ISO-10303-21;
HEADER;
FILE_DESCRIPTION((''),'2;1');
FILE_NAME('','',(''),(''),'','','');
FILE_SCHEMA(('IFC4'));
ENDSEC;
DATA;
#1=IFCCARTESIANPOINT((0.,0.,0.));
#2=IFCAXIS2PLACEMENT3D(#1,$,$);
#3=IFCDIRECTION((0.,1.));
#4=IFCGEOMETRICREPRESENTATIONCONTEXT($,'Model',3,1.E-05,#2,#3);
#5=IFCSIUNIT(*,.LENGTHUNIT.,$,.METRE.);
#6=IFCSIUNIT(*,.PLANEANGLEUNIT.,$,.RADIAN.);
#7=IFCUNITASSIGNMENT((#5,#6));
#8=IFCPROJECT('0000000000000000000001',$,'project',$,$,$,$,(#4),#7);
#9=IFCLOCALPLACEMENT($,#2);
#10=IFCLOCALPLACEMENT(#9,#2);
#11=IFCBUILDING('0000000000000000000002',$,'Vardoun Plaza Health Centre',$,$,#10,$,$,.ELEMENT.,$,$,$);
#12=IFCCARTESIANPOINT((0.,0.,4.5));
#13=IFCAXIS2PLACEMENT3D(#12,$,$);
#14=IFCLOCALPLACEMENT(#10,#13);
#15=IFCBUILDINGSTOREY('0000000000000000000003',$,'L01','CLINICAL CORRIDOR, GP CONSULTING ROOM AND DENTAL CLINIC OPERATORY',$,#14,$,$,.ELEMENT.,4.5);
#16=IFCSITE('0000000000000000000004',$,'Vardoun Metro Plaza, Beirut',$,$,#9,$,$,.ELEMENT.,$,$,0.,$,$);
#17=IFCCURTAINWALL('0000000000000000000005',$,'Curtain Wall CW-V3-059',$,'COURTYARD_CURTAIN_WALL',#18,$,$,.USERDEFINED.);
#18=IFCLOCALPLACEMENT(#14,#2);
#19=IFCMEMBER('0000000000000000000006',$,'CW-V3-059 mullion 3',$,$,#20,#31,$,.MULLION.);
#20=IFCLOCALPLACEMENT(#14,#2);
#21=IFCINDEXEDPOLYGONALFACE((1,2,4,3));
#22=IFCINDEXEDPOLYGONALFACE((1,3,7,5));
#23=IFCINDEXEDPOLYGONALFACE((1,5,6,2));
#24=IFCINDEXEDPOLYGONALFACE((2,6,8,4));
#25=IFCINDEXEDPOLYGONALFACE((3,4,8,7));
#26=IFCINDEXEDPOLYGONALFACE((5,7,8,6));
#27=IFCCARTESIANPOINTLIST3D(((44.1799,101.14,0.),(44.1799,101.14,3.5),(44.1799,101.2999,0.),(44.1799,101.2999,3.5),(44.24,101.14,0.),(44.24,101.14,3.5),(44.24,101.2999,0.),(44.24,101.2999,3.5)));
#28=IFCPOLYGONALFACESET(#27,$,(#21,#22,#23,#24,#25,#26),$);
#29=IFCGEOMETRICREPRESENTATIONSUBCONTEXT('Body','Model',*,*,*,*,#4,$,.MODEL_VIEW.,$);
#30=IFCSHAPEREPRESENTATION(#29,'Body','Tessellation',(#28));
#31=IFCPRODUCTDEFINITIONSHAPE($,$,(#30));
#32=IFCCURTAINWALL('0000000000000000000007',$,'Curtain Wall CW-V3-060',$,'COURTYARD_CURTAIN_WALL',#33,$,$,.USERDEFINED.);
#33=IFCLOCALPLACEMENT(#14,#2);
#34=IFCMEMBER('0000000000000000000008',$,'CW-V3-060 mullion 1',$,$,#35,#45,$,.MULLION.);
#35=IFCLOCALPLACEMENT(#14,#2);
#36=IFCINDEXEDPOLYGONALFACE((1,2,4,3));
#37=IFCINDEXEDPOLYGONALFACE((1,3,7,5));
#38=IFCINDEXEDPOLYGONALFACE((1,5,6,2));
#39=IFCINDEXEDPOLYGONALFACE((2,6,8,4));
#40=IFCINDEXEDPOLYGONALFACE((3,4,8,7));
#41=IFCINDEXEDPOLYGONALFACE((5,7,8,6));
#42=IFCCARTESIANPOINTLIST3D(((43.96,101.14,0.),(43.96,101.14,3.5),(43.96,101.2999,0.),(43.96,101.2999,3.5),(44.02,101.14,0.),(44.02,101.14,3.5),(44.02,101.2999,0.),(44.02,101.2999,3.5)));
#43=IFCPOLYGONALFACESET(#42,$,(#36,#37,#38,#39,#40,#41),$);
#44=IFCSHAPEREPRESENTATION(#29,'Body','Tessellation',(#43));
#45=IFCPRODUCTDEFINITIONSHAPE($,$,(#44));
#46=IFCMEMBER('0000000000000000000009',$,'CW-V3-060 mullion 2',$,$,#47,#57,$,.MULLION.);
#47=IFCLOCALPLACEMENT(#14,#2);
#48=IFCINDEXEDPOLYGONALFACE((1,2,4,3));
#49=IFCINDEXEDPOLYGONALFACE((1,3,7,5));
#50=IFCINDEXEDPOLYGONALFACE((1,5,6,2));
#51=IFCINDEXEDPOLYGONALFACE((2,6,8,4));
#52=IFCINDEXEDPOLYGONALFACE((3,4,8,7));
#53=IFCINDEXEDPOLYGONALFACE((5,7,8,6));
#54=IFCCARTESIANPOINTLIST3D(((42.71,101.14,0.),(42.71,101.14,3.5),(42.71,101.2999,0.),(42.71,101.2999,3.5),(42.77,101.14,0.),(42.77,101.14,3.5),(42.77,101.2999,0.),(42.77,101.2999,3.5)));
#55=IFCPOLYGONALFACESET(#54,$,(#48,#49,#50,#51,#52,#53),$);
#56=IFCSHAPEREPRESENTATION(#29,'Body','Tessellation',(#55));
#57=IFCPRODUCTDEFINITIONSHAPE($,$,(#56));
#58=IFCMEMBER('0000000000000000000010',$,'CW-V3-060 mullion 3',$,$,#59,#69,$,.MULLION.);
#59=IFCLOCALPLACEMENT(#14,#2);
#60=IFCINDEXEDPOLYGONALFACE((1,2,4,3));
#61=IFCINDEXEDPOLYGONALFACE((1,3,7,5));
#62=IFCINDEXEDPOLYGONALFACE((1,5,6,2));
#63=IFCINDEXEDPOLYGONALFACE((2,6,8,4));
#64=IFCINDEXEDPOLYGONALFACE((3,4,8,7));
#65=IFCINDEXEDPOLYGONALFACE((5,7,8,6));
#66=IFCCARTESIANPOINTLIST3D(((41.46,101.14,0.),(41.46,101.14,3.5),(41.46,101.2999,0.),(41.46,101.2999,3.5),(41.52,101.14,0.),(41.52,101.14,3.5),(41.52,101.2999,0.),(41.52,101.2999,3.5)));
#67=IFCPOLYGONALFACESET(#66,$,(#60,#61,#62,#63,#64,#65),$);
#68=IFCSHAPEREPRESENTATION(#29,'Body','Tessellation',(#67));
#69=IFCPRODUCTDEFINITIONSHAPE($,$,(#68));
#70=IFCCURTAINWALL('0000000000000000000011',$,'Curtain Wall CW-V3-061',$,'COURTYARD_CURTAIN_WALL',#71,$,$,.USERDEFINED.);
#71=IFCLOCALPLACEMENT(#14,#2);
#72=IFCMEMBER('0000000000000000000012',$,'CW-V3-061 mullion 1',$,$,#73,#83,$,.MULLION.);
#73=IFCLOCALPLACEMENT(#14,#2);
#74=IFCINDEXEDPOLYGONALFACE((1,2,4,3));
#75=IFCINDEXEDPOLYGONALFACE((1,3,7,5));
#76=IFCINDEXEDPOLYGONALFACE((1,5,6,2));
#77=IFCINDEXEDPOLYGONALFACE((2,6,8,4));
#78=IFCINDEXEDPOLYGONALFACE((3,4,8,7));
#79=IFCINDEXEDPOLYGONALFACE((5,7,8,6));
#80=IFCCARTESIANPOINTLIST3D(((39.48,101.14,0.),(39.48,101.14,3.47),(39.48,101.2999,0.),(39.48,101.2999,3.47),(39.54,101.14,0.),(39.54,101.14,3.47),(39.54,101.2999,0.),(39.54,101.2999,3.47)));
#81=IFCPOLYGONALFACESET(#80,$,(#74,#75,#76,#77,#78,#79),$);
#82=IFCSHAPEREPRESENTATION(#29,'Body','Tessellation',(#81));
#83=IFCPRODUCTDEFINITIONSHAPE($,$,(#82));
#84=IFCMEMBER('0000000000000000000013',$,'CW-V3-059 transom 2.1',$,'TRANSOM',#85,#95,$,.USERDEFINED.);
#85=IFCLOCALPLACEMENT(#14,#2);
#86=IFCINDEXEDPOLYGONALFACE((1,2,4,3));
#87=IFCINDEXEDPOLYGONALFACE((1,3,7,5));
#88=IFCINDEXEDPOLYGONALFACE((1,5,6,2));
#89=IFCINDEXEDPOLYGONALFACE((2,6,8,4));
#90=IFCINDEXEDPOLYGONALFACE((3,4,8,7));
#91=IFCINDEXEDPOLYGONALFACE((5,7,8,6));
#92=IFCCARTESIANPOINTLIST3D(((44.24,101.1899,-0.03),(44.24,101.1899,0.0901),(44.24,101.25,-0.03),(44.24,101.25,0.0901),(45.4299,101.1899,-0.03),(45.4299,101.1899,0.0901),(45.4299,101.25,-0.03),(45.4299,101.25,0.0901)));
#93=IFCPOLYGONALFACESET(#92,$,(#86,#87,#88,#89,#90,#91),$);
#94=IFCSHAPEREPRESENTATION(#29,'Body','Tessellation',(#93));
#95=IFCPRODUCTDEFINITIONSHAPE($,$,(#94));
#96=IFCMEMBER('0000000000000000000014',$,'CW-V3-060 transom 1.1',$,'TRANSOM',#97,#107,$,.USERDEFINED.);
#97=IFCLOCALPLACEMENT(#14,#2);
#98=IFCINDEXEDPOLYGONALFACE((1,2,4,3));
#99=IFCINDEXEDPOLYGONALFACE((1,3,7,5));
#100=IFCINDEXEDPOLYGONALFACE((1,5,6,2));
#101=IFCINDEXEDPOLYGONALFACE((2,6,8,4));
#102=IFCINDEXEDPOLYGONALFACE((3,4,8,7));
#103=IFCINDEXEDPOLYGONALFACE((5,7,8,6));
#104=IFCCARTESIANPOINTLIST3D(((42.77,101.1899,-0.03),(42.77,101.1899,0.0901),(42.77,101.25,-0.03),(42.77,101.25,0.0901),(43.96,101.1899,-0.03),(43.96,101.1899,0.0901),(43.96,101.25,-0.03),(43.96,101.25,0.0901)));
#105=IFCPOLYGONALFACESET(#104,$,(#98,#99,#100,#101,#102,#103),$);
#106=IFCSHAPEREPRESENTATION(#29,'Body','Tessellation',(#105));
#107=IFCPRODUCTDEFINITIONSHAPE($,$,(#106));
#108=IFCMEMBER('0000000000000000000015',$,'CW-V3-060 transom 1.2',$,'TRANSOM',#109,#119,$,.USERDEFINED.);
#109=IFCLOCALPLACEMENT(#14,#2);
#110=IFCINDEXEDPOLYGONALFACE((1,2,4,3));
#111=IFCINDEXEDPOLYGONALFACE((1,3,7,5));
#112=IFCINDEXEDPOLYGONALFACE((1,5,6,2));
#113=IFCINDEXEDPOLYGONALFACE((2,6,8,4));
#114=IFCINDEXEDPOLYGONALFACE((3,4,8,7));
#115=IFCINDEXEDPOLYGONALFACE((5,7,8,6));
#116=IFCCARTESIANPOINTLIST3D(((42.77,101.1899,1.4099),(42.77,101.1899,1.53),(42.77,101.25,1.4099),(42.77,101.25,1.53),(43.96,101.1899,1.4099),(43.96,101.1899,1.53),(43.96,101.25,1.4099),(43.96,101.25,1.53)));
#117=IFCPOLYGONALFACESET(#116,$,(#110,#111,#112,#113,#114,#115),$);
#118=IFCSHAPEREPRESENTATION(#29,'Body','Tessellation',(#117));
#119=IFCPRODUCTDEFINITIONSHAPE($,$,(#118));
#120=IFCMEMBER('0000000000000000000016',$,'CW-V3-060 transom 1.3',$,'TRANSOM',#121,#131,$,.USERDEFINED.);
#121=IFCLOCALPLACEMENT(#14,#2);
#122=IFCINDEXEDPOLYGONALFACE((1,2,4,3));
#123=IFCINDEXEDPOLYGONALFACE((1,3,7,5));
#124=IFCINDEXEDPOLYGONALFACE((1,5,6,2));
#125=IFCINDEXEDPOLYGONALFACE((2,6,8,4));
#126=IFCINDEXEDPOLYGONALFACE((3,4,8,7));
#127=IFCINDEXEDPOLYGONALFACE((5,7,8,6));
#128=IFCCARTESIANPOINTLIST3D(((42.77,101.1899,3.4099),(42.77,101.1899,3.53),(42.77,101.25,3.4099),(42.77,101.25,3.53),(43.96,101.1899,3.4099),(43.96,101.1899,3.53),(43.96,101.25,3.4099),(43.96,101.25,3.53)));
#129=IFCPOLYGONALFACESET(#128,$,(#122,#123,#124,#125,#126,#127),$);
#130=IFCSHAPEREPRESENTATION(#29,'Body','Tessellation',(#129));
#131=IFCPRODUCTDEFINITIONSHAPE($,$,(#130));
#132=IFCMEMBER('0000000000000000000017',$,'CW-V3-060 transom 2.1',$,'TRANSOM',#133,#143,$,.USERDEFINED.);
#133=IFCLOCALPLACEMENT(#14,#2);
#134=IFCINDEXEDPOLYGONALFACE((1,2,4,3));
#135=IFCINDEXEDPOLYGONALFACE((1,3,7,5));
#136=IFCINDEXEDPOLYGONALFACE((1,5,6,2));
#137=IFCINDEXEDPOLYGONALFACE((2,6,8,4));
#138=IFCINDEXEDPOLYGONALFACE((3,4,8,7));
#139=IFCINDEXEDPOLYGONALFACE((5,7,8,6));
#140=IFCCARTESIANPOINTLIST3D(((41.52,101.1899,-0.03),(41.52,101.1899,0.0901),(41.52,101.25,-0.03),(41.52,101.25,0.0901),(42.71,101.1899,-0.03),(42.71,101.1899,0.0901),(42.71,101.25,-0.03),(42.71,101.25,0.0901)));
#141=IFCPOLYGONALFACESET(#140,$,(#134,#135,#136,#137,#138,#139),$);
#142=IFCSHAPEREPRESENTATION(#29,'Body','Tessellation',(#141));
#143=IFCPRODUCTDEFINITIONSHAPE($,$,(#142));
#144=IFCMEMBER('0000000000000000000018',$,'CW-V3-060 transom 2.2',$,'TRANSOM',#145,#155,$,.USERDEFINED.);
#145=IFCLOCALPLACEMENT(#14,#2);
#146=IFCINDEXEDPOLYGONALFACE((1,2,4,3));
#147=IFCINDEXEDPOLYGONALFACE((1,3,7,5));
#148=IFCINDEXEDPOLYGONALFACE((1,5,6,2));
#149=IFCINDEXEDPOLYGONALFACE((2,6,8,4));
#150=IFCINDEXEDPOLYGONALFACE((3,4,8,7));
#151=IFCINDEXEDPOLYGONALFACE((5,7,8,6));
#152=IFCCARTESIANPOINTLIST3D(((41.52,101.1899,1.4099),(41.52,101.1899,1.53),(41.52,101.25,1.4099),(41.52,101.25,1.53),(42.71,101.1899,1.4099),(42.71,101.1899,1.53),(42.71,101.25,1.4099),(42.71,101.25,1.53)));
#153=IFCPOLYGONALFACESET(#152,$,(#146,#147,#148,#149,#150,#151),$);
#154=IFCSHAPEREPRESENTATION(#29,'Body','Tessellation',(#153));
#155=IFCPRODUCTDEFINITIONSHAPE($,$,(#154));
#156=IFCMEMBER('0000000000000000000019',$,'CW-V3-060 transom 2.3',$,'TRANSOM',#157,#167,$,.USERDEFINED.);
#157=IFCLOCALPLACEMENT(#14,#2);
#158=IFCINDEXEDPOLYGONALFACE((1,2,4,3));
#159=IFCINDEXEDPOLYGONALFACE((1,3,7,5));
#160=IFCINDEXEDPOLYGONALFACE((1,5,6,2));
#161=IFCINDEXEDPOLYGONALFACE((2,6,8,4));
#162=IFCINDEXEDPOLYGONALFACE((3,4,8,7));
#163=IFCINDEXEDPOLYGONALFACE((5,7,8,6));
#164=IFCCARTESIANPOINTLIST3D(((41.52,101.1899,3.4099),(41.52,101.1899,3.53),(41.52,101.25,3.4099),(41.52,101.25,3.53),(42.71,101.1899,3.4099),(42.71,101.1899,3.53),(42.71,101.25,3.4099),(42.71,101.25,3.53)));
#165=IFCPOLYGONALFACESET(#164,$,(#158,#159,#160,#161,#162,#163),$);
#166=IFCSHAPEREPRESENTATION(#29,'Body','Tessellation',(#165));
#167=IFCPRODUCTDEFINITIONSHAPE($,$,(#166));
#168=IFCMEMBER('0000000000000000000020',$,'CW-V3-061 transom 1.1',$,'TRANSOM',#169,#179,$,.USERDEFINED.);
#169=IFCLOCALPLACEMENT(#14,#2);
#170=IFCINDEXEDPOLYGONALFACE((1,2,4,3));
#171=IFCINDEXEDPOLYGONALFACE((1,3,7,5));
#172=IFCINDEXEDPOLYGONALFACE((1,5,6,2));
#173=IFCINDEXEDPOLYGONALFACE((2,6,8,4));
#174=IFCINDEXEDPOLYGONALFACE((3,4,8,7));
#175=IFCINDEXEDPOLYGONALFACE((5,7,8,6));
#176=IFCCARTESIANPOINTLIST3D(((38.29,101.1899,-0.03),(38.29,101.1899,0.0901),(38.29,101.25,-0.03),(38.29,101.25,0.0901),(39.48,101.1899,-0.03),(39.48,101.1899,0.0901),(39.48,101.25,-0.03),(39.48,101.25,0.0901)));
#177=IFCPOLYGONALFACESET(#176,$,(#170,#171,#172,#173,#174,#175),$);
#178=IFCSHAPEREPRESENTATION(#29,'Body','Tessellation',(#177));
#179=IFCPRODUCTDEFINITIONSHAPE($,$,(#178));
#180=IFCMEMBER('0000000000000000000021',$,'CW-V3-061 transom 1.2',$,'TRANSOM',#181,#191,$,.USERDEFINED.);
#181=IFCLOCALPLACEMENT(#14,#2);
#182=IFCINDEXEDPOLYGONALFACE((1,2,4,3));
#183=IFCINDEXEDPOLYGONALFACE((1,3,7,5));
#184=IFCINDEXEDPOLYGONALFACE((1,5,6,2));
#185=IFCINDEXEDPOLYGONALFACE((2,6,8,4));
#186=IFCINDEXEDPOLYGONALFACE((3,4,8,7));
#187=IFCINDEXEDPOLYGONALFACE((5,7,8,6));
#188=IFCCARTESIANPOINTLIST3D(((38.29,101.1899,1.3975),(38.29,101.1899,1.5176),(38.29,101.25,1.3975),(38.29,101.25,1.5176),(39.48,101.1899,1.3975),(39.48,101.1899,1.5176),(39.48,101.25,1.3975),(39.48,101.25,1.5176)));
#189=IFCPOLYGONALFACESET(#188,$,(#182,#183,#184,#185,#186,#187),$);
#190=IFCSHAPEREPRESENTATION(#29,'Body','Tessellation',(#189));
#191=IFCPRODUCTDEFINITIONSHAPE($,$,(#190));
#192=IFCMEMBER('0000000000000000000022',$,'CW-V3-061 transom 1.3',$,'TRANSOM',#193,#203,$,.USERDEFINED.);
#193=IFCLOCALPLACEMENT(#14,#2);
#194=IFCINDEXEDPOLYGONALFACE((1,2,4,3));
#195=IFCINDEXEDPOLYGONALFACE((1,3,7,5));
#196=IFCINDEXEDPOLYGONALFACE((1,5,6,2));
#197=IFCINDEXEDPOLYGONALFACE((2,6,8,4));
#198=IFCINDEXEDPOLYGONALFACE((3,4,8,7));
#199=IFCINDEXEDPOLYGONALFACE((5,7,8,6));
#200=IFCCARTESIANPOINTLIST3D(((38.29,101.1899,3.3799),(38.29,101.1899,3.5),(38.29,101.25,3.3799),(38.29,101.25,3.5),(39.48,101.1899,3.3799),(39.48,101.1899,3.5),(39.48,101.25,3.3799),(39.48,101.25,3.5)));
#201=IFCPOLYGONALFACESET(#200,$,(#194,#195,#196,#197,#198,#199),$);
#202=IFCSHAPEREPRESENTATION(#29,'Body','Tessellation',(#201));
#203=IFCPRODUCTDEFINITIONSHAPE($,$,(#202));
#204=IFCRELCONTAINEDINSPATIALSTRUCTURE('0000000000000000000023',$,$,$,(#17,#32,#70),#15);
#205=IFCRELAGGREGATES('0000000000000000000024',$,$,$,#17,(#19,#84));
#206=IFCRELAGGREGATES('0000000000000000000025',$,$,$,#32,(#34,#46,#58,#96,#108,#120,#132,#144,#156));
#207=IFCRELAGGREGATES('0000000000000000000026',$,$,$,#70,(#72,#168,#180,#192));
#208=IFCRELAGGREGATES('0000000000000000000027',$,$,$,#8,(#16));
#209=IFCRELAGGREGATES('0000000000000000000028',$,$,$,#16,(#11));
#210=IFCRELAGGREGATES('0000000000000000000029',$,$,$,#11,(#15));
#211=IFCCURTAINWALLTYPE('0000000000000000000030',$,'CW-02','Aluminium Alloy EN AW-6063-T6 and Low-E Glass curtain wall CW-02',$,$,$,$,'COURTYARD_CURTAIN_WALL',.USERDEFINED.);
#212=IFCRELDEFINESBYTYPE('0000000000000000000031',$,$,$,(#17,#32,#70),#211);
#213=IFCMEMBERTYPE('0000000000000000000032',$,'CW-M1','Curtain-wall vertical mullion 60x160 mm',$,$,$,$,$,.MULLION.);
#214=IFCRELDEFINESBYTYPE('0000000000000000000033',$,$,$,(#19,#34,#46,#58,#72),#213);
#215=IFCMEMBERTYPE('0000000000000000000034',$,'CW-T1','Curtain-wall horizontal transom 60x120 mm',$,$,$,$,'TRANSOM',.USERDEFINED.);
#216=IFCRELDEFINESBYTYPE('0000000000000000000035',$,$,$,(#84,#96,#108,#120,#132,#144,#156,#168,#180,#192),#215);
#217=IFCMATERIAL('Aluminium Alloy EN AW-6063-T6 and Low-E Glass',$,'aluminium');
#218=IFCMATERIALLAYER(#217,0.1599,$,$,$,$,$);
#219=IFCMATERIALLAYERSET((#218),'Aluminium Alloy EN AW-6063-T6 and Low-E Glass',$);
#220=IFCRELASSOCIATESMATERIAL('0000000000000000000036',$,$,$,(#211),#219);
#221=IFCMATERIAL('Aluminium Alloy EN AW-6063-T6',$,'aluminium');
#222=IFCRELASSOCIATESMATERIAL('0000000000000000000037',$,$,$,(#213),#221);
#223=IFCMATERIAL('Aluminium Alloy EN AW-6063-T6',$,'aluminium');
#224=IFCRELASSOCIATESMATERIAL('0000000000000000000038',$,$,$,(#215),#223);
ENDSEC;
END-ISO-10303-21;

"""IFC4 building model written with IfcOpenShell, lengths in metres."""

from ifc_helpers import new_model, si_unit, direction, frame, origin, origin_2d, place, context, subcontext, project, spatial, rectangle, extrude, material, layer, layer_set, material_profile, profile_set, type_object, element, aggregate, save


model = new_model("IFC4")

# Units and contexts
model_context = context("Model", 3, precision=1e-05, world=origin(), true_north=direction((0.0, 1.0)))
body_context = subcontext(model_context, "Body", "Model", "MODEL_VIEW")
ifc_project = project(units=[si_unit("LENGTHUNIT", "METRE"), si_unit("PLANEANGLEUNIT", "RADIAN")], contexts=[model_context])

# Site, building, storey
site_placement = place(None, origin())
site = spatial("IfcSite", under=ifc_project, at=site_placement, Name="Vardoun Metro Plaza, Beirut", CompositionType="ELEMENT", RefElevation=0.0)
building_placement = place(site_placement, origin())
building = spatial("IfcBuilding", under=site, at=building_placement, Name="Vardoun Plaza Health Centre", CompositionType="ELEMENT")
storey_placement = place(building_placement, frame((0.0, 0.0, 4.5)))
storey = spatial("IfcBuildingStorey", under=building, at=storey_placement, Name="L01", Description="CLINICAL CORRIDOR, GP CONSULTING ROOM AND DENTAL CLINIC OPERATORY", CompositionType="ELEMENT", Elevation=4.5)

# Curtain wall, member
ifc_material_1 = material(Name="Aluminium Alloy EN AW-6063-T6 and Low-E Glass", Category="aluminium")
ifc_layer_1 = layer(ifc_material_1, 0.1599)
ifc_layer_set_1 = layer_set([ifc_layer_1], Name="Aluminium Alloy EN AW-6063-T6 and Low-E Glass")
curtain_wall_type = type_object("IfcCurtainWallType", Name="CW-02", Description="Aluminium Alloy EN AW-6063-T6 and Low-E Glass curtain wall CW-02", ElementType="COURTYARD_CURTAIN_WALL", PredefinedType="USERDEFINED", material=ifc_layer_set_1)
curtain_wall_1_placement = place(storey_placement, origin())
curtain_wall_1 = element("IfcCurtainWall", 1, at=curtain_wall_1_placement, inside=storey, type_object=curtain_wall_type, Name="Curtain Wall CW-V3-059", ObjectType="COURTYARD_CURTAIN_WALL", PredefinedType="USERDEFINED")
ifc_material_2 = material(Name="Aluminium Alloy EN AW-6063-T6", Category="aluminium")
ifc_material_profile_1 = material_profile(ifc_material_2, rectangle(XDim=0.1599, YDim=0.0601, at=origin_2d()), Name="CWM 60x160")
ifc_profile_set_1 = profile_set([ifc_material_profile_1], Name="Aluminium Alloy EN AW-6063-T6")
member_type_1 = type_object("IfcMemberType", Name="CW-M1", Description="Curtain-wall vertical mullion 60x160 mm", PredefinedType="MULLION", material=ifc_profile_set_1)
member_1_placement = place(storey_placement, frame((44.21, 101.22, 0.0), z_axis=(0.0, 0.0, 1.0), x_axis=(0.0, -1.0, 0.0)))
member_1 = element("IfcMember", 2, at=member_1_placement, type_object=member_type_1, Name="CW-V3-059 mullion 3", PredefinedType="MULLION", context=body_context, shape_type="SweptSolid", body=[
    extrude(rectangle(XDim=0.1599, YDim=0.0601, at=origin_2d()), origin(), (0.0, 0.0, 1.0), 3.5),
])

# Curtain wall, members
curtain_wall_2_placement = place(storey_placement, origin())
curtain_wall_2 = element("IfcCurtainWall", 3, at=curtain_wall_2_placement, inside=storey, type_object=curtain_wall_type, Name="Curtain Wall CW-V3-060", ObjectType="COURTYARD_CURTAIN_WALL", PredefinedType="USERDEFINED")
member_2_placement = place(storey_placement, frame((43.99, 101.22, 0.0), z_axis=(0.0, 0.0, 1.0), x_axis=(0.0, -1.0, 0.0)))
member_2 = element("IfcMember", 4, at=member_2_placement, type_object=member_type_1, Name="CW-V3-060 mullion 1", PredefinedType="MULLION", context=body_context, shape_type="SweptSolid", body=[
    extrude(rectangle(XDim=0.1599, YDim=0.0601, at=origin_2d()), origin(), (0.0, 0.0, 1.0), 3.5),
])
member_3_placement = place(storey_placement, frame((42.74, 101.22, 0.0), z_axis=(0.0, 0.0, 1.0), x_axis=(0.0, -1.0, 0.0)))
member_3 = element("IfcMember", 5, at=member_3_placement, type_object=member_type_1, Name="CW-V3-060 mullion 2", PredefinedType="MULLION", context=body_context, shape_type="SweptSolid", body=[
    extrude(rectangle(XDim=0.1599, YDim=0.0601, at=origin_2d()), origin(), (0.0, 0.0, 1.0), 3.5),
])
member_4_placement = place(storey_placement, frame((41.49, 101.22, 0.0), z_axis=(0.0, 0.0, 1.0), x_axis=(0.0, -1.0, 0.0)))
member_4 = element("IfcMember", 6, at=member_4_placement, type_object=member_type_1, Name="CW-V3-060 mullion 3", PredefinedType="MULLION", context=body_context, shape_type="SweptSolid", body=[
    extrude(rectangle(XDim=0.1599, YDim=0.0601, at=origin_2d()), origin(), (0.0, 0.0, 1.0), 3.5),
])

# Curtain wall, member
curtain_wall_3_placement = place(storey_placement, origin())
curtain_wall_3 = element("IfcCurtainWall", 7, at=curtain_wall_3_placement, inside=storey, type_object=curtain_wall_type, Name="Curtain Wall CW-V3-061", ObjectType="COURTYARD_CURTAIN_WALL", PredefinedType="USERDEFINED")
member_5_placement = place(storey_placement, frame((39.51, 101.22, 0.0), z_axis=(0.0, 0.0, 1.0), x_axis=(0.0, -1.0, 0.0)))
member_5 = element("IfcMember", 8, at=member_5_placement, type_object=member_type_1, Name="CW-V3-061 mullion 1", PredefinedType="MULLION", context=body_context, shape_type="SweptSolid", body=[
    extrude(rectangle(XDim=0.1599, YDim=0.0601, at=origin_2d()), origin(), (0.0, 0.0, 1.0), 3.47),
])

# Members
ifc_material_3 = material(Name="Aluminium Alloy EN AW-6063-T6", Category="aluminium")
ifc_material_profile_2 = material_profile(ifc_material_3, rectangle(XDim=0.0601, YDim=0.1201, at=origin_2d()), Name="CWT 60x120")
ifc_profile_set_2 = profile_set([ifc_material_profile_2], Name="Aluminium Alloy EN AW-6063-T6")
member_type_2 = type_object("IfcMemberType", Name="CW-T1", Description="Curtain-wall horizontal transom 60x120 mm", ElementType="TRANSOM", PredefinedType="USERDEFINED", material=ifc_profile_set_2)
member_6_placement = place(storey_placement, frame((45.4299, 101.22, 0.03), z_axis=(-1.0, 0.0, 0.0), x_axis=(0.0, -1.0, 0.0)))
member_6 = element("IfcMember", 9, at=member_6_placement, type_object=member_type_2, Name="CW-V3-059 transom 2.1", ObjectType="TRANSOM", PredefinedType="USERDEFINED", context=body_context, shape_type="SweptSolid", body=[
    extrude(rectangle(XDim=0.0601, YDim=0.1201, at=origin_2d()), origin(), (0.0, 0.0, 1.0), 1.1899),
])
member_7_placement = place(storey_placement, frame((43.96, 101.22, 0.03), z_axis=(-1.0, 0.0, 0.0), x_axis=(0.0, -1.0, 0.0)))
member_7 = element("IfcMember", 10, at=member_7_placement, type_object=member_type_2, Name="CW-V3-060 transom 1.1", ObjectType="TRANSOM", PredefinedType="USERDEFINED", context=body_context, shape_type="SweptSolid", body=[
    extrude(rectangle(XDim=0.0601, YDim=0.1201, at=origin_2d()), origin(), (0.0, 0.0, 1.0), 1.1899),
])
member_8_placement = place(storey_placement, frame((43.96, 101.22, 1.47), z_axis=(-1.0, 0.0, 0.0), x_axis=(0.0, -1.0, 0.0)))
member_8 = element("IfcMember", 11, at=member_8_placement, type_object=member_type_2, Name="CW-V3-060 transom 1.2", ObjectType="TRANSOM", PredefinedType="USERDEFINED", context=body_context, shape_type="SweptSolid", body=[
    extrude(rectangle(XDim=0.0601, YDim=0.1201, at=origin_2d()), origin(), (0.0, 0.0, 1.0), 1.1899),
])
member_9_placement = place(storey_placement, frame((43.96, 101.22, 3.47), z_axis=(-1.0, 0.0, 0.0), x_axis=(0.0, -1.0, 0.0)))
member_9 = element("IfcMember", 12, at=member_9_placement, type_object=member_type_2, Name="CW-V3-060 transom 1.3", ObjectType="TRANSOM", PredefinedType="USERDEFINED", context=body_context, shape_type="SweptSolid", body=[
    extrude(rectangle(XDim=0.0601, YDim=0.1201, at=origin_2d()), origin(), (0.0, 0.0, 1.0), 1.1899),
])
member_10_placement = place(storey_placement, frame((42.71, 101.22, 0.03), z_axis=(-1.0, 0.0, 0.0), x_axis=(0.0, -1.0, 0.0)))
member_10 = element("IfcMember", 13, at=member_10_placement, type_object=member_type_2, Name="CW-V3-060 transom 2.1", ObjectType="TRANSOM", PredefinedType="USERDEFINED", context=body_context, shape_type="SweptSolid", body=[
    extrude(rectangle(XDim=0.0601, YDim=0.1201, at=origin_2d()), origin(), (0.0, 0.0, 1.0), 1.1899),
])
member_11_placement = place(storey_placement, frame((42.71, 101.22, 1.47), z_axis=(-1.0, 0.0, 0.0), x_axis=(0.0, -1.0, 0.0)))
member_11 = element("IfcMember", 14, at=member_11_placement, type_object=member_type_2, Name="CW-V3-060 transom 2.2", ObjectType="TRANSOM", PredefinedType="USERDEFINED", context=body_context, shape_type="SweptSolid", body=[
    extrude(rectangle(XDim=0.0601, YDim=0.1201, at=origin_2d()), origin(), (0.0, 0.0, 1.0), 1.1899),
])
member_12_placement = place(storey_placement, frame((42.71, 101.22, 3.47), z_axis=(-1.0, 0.0, 0.0), x_axis=(0.0, -1.0, 0.0)))
member_12 = element("IfcMember", 15, at=member_12_placement, type_object=member_type_2, Name="CW-V3-060 transom 2.3", ObjectType="TRANSOM", PredefinedType="USERDEFINED", context=body_context, shape_type="SweptSolid", body=[
    extrude(rectangle(XDim=0.0601, YDim=0.1201, at=origin_2d()), origin(), (0.0, 0.0, 1.0), 1.1899),
])
member_13_placement = place(storey_placement, frame((39.48, 101.22, 0.03), z_axis=(-1.0, 0.0, 0.0), x_axis=(0.0, -1.0, 0.0)))
member_13 = element("IfcMember", 16, at=member_13_placement, type_object=member_type_2, Name="CW-V3-061 transom 1.1", ObjectType="TRANSOM", PredefinedType="USERDEFINED", context=body_context, shape_type="SweptSolid", body=[
    extrude(rectangle(XDim=0.0601, YDim=0.1201, at=origin_2d()), origin(), (0.0, 0.0, 1.0), 1.1899),
])
member_14_placement = place(storey_placement, frame((39.48, 101.22, 1.4575), z_axis=(-1.0, 0.0, 0.0), x_axis=(0.0, -1.0, 0.0)))
member_14 = element("IfcMember", 17, at=member_14_placement, type_object=member_type_2, Name="CW-V3-061 transom 1.2", ObjectType="TRANSOM", PredefinedType="USERDEFINED", context=body_context, shape_type="SweptSolid", body=[
    extrude(rectangle(XDim=0.0601, YDim=0.1201, at=origin_2d()), origin(), (0.0, 0.0, 1.0), 1.1899),
])
member_15_placement = place(storey_placement, frame((39.48, 101.22, 3.4399), z_axis=(-1.0, 0.0, 0.0), x_axis=(0.0, -1.0, 0.0)))
member_15 = element("IfcMember", 18, at=member_15_placement, type_object=member_type_2, Name="CW-V3-061 transom 1.3", ObjectType="TRANSOM", PredefinedType="USERDEFINED", context=body_context, shape_type="SweptSolid", body=[
    extrude(rectangle(XDim=0.0601, YDim=0.1201, at=origin_2d()), origin(), (0.0, 0.0, 1.0), 1.1899),
])

aggregate(curtain_wall_1, [member_1, member_6])
aggregate(curtain_wall_2, [member_2, member_3, member_4, member_7, member_8, member_9, member_10, member_11, member_12])
aggregate(curtain_wall_3, [member_5, member_13, member_14, member_15])

save(model, "model.ifc")
